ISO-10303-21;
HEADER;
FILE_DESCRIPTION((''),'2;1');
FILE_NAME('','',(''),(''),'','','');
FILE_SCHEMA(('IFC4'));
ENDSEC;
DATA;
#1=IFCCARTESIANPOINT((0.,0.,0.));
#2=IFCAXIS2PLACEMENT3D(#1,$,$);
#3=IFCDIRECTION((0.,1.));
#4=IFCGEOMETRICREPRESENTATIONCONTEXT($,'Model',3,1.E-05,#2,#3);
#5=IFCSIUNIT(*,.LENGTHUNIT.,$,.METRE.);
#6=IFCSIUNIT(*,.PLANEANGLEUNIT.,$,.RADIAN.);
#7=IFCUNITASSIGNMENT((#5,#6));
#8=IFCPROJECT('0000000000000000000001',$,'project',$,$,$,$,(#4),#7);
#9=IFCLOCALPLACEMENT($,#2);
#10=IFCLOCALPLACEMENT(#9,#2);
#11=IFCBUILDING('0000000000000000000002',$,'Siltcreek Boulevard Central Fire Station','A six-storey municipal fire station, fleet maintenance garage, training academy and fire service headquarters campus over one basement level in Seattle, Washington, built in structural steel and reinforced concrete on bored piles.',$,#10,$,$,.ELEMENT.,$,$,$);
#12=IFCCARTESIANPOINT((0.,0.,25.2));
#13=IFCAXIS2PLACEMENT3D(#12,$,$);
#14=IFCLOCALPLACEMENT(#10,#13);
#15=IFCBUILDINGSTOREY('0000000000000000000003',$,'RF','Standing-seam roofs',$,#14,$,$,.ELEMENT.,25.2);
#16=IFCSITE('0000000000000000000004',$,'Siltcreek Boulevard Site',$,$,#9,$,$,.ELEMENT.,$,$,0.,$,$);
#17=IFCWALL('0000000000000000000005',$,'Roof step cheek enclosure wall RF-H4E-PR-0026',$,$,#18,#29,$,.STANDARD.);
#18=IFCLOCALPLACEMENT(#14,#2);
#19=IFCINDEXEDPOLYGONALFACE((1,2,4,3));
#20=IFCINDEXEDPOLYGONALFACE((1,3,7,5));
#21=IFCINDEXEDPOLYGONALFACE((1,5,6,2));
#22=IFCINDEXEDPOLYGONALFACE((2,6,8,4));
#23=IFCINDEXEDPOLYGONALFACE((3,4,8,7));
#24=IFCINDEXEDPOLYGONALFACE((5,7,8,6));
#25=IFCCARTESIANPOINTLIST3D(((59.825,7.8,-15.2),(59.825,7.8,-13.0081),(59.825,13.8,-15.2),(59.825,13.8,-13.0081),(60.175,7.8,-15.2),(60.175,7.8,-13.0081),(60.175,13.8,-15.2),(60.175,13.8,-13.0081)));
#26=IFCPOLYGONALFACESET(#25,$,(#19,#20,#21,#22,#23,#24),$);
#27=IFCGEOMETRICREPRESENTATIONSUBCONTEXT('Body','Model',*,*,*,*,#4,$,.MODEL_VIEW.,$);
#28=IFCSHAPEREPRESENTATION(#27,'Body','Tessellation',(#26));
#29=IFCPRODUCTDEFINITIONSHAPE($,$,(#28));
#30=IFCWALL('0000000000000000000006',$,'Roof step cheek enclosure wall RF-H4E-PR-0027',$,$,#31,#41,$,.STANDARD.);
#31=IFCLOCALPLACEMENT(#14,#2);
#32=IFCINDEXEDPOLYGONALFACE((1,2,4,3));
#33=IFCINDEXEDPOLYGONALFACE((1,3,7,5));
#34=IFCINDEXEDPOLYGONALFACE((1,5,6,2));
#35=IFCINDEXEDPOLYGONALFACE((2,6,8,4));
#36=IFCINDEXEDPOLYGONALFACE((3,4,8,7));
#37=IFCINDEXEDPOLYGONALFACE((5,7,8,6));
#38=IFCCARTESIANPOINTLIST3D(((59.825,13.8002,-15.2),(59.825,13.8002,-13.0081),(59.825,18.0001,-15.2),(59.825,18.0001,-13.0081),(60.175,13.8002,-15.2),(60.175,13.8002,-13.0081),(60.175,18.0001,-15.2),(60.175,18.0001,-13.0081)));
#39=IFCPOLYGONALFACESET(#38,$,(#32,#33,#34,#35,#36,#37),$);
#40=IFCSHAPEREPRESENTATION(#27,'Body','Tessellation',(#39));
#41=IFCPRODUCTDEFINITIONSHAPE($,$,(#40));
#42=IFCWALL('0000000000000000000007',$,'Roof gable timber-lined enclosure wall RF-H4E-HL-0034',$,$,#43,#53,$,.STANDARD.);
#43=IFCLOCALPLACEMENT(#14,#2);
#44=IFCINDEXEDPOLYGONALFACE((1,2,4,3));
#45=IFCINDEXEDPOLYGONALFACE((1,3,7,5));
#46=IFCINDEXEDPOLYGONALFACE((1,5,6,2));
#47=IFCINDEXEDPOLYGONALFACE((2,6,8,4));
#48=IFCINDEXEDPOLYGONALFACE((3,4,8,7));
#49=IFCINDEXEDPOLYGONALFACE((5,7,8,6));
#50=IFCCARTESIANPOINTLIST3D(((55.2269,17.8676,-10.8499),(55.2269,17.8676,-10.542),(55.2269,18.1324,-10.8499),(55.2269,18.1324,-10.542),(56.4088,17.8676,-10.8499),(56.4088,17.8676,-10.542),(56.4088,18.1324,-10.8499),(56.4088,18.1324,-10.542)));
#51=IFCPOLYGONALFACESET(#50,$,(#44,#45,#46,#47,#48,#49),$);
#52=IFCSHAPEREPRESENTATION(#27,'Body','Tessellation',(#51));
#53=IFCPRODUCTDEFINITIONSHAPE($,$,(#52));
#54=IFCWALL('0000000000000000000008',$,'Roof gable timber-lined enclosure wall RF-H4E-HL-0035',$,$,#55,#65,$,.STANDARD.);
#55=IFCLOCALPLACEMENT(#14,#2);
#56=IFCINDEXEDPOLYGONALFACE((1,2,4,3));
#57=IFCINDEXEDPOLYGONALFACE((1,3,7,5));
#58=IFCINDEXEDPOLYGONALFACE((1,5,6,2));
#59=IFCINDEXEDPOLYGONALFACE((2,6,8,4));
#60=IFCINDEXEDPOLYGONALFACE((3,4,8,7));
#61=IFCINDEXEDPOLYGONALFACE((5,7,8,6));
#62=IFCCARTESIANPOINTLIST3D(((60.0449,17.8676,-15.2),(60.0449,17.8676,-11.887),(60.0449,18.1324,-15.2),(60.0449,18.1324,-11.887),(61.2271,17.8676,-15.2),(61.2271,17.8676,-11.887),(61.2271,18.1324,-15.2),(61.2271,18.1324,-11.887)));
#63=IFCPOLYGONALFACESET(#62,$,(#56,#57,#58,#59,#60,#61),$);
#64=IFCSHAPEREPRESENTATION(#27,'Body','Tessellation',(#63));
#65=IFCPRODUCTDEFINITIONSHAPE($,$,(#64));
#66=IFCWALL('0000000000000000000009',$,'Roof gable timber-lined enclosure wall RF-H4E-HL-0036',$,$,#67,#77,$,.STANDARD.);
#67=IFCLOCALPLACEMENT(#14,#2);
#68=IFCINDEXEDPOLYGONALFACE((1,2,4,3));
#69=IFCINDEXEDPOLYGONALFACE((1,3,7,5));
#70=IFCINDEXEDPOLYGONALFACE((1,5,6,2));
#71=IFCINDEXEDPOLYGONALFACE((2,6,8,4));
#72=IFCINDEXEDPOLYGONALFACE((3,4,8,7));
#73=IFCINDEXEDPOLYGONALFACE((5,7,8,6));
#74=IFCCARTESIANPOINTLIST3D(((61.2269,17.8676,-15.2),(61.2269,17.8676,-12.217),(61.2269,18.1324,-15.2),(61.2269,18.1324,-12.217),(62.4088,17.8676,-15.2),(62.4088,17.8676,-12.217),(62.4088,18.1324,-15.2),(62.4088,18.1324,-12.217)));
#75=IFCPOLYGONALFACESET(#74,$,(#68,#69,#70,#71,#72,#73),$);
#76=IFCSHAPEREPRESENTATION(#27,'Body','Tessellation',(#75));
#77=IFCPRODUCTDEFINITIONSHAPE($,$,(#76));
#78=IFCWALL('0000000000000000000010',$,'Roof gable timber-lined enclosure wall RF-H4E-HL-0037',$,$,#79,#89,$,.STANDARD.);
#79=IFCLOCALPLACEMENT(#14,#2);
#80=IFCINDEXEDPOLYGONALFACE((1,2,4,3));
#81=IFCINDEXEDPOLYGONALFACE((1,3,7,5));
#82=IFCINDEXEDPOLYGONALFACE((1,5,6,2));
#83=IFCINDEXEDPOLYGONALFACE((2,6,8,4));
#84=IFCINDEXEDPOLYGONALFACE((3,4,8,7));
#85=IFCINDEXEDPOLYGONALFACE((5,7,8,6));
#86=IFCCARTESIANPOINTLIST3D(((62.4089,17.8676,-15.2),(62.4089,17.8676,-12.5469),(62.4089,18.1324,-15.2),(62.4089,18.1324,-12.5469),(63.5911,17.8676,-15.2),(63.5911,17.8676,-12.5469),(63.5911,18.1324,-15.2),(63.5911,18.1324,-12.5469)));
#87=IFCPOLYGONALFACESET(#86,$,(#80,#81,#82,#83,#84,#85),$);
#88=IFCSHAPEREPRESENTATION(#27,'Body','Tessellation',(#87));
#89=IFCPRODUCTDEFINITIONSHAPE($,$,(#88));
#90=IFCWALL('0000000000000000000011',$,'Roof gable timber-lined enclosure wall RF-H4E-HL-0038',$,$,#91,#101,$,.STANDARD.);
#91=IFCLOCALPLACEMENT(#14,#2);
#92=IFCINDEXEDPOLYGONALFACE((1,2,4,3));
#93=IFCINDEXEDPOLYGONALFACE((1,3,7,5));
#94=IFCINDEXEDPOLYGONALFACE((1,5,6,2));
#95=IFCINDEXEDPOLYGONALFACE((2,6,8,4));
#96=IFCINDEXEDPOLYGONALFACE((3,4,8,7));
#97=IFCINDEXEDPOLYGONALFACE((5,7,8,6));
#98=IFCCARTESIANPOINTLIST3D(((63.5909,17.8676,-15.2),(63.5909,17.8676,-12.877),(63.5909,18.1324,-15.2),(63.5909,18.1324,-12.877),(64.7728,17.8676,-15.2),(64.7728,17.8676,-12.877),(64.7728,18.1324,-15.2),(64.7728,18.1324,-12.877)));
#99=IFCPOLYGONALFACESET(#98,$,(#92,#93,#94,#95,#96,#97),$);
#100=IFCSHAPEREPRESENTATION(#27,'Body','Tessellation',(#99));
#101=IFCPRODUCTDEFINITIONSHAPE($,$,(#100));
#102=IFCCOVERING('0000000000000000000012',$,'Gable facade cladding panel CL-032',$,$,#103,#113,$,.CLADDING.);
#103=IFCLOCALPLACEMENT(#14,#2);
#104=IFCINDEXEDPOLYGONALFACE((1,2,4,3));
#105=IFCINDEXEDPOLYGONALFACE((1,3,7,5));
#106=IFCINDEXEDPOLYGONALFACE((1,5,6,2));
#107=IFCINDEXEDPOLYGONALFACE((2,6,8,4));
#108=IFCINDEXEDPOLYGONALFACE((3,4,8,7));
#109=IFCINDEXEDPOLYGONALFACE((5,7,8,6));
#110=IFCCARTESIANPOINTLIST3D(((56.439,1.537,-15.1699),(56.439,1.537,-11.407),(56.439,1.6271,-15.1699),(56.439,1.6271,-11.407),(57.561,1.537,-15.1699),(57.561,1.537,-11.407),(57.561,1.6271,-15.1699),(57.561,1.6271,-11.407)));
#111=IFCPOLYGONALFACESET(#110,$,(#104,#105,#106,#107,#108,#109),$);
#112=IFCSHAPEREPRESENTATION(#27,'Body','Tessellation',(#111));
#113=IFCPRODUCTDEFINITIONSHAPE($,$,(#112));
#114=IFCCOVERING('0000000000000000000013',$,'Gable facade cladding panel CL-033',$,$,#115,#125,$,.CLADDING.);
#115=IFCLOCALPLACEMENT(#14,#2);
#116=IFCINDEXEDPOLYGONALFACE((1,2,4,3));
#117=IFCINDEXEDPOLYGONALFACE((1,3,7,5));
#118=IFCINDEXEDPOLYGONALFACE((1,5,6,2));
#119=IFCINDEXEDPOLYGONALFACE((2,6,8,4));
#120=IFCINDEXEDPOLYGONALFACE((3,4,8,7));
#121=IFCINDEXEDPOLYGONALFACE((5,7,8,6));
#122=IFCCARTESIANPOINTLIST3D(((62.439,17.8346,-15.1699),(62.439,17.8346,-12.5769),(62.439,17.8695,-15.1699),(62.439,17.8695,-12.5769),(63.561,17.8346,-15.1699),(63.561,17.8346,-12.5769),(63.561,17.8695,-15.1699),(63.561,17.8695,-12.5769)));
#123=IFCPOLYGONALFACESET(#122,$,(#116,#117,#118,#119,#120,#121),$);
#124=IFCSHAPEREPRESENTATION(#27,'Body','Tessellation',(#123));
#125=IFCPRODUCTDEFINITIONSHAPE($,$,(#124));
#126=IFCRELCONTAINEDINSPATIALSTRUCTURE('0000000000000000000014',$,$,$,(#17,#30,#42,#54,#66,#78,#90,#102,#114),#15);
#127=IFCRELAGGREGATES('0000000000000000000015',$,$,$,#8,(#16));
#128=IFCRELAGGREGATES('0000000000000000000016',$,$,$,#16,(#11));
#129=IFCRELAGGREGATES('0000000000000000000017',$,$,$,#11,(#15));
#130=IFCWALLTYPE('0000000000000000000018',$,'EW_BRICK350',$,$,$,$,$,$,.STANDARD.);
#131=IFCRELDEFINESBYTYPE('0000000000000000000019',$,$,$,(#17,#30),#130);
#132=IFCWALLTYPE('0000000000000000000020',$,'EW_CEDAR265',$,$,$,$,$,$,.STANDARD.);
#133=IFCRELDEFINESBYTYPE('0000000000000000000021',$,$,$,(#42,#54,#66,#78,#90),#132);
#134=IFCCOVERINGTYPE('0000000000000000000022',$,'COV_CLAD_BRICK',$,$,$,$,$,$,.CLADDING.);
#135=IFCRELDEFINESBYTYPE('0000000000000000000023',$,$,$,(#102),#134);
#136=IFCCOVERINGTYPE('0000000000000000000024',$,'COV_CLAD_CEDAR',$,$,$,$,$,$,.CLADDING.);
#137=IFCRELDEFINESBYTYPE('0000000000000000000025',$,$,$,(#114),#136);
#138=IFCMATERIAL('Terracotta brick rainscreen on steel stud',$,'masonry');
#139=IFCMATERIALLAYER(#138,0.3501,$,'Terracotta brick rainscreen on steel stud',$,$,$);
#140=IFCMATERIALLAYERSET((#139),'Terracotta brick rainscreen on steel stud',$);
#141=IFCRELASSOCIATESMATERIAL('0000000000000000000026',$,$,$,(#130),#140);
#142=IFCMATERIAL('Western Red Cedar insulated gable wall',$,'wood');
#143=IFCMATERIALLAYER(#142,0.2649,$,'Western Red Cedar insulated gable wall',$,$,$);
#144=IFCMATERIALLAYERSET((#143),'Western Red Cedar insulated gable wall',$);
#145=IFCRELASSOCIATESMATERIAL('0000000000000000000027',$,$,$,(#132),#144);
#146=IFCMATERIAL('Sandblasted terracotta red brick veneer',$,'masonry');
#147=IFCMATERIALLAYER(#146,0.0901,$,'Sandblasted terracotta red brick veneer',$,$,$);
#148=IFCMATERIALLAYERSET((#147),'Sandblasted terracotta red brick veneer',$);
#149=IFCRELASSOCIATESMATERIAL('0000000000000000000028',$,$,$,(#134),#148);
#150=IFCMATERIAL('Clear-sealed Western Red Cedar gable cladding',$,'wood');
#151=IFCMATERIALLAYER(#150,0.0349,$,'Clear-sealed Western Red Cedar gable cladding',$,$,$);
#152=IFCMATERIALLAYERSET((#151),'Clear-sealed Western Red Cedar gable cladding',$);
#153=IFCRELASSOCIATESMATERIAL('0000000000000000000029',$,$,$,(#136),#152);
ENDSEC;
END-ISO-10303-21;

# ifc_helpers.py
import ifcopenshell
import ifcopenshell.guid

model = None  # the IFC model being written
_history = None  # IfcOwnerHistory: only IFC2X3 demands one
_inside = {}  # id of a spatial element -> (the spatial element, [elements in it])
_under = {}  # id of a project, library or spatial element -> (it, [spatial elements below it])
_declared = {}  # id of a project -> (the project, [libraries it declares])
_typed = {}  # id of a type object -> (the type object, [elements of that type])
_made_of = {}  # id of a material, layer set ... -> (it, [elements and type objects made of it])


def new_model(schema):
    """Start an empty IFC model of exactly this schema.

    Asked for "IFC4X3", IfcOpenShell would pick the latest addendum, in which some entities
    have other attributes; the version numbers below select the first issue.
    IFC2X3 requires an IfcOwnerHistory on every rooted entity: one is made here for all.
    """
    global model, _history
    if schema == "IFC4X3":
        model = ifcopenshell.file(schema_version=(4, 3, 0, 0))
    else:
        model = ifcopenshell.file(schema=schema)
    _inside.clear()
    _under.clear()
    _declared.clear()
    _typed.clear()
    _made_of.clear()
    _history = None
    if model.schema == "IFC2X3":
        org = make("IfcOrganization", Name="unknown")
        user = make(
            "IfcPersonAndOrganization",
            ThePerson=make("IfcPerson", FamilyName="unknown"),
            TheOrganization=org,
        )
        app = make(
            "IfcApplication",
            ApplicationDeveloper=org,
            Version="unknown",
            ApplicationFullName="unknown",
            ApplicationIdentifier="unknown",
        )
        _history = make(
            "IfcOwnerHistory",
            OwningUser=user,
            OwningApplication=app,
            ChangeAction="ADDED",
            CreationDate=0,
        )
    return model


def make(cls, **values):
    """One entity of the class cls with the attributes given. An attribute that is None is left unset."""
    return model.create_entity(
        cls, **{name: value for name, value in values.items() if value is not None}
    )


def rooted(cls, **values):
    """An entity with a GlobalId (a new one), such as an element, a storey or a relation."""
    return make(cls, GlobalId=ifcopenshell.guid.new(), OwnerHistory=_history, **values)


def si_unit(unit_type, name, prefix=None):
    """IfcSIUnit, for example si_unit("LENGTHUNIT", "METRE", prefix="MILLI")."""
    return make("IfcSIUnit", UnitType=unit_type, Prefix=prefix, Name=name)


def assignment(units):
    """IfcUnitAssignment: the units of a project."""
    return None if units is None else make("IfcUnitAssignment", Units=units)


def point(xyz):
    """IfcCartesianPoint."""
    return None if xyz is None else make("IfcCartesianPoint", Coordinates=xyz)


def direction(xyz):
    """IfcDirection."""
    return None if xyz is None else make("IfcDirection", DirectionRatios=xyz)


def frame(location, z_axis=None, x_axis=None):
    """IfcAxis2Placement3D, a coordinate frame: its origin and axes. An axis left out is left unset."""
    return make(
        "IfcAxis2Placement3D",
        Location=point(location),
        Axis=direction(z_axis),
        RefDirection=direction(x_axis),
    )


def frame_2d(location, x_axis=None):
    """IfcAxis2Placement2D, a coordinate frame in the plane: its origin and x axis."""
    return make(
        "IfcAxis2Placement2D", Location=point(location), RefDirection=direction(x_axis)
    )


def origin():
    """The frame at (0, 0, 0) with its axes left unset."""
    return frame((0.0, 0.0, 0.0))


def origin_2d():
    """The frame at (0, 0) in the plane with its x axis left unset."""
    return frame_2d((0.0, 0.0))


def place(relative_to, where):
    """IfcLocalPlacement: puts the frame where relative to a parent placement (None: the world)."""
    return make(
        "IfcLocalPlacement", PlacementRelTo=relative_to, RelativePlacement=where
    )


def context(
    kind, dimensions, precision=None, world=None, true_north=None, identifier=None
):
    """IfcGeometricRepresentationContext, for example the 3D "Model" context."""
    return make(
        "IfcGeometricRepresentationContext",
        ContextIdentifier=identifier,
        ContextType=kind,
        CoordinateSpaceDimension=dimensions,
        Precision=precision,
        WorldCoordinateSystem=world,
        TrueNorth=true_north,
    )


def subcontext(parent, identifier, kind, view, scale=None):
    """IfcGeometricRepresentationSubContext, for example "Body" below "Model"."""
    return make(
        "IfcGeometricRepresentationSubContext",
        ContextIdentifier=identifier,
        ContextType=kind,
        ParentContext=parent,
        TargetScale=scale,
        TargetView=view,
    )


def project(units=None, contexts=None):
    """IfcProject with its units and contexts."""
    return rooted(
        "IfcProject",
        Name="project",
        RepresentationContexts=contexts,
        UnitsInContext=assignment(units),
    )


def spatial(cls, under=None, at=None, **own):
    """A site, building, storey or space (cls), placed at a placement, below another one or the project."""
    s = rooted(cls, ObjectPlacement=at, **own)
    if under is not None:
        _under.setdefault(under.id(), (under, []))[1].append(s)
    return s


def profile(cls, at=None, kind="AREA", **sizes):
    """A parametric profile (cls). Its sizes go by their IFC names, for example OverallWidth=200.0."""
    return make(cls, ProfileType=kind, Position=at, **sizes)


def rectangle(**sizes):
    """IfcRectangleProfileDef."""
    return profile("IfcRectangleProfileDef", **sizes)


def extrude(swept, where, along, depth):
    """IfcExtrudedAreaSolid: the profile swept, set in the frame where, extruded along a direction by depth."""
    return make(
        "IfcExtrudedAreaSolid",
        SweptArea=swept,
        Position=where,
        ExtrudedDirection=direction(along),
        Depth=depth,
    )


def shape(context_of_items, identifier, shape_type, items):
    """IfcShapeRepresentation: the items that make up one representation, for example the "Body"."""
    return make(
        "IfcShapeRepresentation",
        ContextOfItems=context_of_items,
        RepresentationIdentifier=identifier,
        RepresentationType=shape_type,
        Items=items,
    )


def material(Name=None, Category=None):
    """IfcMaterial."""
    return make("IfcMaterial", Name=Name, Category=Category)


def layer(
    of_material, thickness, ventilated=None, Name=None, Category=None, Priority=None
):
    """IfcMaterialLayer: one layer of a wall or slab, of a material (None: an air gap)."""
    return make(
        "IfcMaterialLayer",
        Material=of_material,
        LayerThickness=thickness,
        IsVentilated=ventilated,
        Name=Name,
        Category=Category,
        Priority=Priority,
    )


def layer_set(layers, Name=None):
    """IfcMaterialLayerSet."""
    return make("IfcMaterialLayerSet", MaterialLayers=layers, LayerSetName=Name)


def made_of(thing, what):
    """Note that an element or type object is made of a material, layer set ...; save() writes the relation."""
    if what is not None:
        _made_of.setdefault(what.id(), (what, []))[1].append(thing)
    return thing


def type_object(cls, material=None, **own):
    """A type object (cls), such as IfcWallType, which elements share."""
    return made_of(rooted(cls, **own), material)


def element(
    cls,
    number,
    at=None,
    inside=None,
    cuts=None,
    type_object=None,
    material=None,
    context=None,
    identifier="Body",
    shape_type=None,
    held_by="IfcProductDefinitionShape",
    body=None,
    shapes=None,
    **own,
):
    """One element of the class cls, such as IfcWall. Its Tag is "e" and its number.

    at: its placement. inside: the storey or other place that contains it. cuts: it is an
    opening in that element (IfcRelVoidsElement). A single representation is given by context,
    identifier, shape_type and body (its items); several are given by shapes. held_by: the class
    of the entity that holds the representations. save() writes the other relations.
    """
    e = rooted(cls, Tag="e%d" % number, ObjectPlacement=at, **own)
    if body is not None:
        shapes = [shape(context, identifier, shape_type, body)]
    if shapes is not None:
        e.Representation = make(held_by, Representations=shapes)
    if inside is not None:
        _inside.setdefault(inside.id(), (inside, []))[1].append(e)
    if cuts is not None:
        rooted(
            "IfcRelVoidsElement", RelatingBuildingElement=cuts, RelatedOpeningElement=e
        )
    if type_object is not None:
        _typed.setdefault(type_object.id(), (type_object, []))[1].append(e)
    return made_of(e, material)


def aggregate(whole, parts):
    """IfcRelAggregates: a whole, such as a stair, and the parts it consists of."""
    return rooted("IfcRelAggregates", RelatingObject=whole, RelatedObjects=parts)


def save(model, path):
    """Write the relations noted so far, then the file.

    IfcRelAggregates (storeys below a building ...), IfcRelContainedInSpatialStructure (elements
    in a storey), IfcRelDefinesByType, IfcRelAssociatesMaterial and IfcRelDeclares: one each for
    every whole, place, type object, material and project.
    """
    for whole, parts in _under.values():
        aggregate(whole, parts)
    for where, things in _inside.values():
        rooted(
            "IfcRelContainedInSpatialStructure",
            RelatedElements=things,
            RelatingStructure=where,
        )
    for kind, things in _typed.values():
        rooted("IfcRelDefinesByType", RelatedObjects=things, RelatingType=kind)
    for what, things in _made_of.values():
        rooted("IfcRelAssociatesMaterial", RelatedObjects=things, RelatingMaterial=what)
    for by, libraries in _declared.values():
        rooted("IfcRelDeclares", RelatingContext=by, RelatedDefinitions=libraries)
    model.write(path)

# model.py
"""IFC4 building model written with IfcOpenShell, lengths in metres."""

from ifc_helpers import new_model, si_unit, direction, frame, frame_2d, origin, origin_2d, place, context, subcontext, project, spatial, rectangle, extrude, material, layer, layer_set, type_object, element, save


model = new_model("IFC4")

# Units and contexts
model_context = context("Model", 3, precision=1e-05, world=origin(), true_north=direction((0.0, 1.0)))
body_context = subcontext(model_context, "Body", "Model", "MODEL_VIEW")
ifc_project = project(units=[si_unit("LENGTHUNIT", "METRE"), si_unit("PLANEANGLEUNIT", "RADIAN")], contexts=[model_context])

# Site, building, storey
site_placement = place(None, origin())
site = spatial("IfcSite", under=ifc_project, at=site_placement, Name="Siltcreek Boulevard Site", CompositionType="ELEMENT", RefElevation=0.0)
building_placement = place(site_placement, origin())
building = spatial("IfcBuilding", under=site, at=building_placement, Name="Siltcreek Boulevard Central Fire Station", Description="A six-storey municipal fire station, fleet maintenance garage, training academy and fire service headquarters campus over one basement level in Seattle, Washington, built in structural steel and reinforced concrete on bored piles.", CompositionType="ELEMENT")
storey_placement = place(building_placement, frame((0.0, 0.0, 25.2)))
storey = spatial("IfcBuildingStorey", under=building, at=storey_placement, Name="RF", Description="Standing-seam roofs", CompositionType="ELEMENT", Elevation=25.2)

# Walls
ifc_material_1 = material(Name="Terracotta brick rainscreen on steel stud", Category="masonry")
ifc_layer_1 = layer(ifc_material_1, 0.3501, Name="Terracotta brick rainscreen on steel stud")
ifc_layer_set_1 = layer_set([ifc_layer_1], Name="Terracotta brick rainscreen on steel stud")
wall_type_1 = type_object("IfcWallType", Name="EW_BRICK350", PredefinedType="STANDARD", material=ifc_layer_set_1)
wall_1_placement = place(storey_placement, frame((60.0, 7.8, -15.2), z_axis=(0.0, 0.0, 1.0), x_axis=(0.0, 1.0, 0.0)))
element("IfcWall", 1, at=wall_1_placement, inside=storey, type_object=wall_type_1, Name="Roof step cheek enclosure wall RF-H4E-PR-0026", PredefinedType="STANDARD", context=body_context, shape_type="SweptSolid", body=[
    extrude(rectangle(XDim=6.0, YDim=0.3501, at=frame_2d((3.0, 0.0))), origin(), (0.0, 0.0, 1.0), 2.1919),
])
wall_2_placement = place(storey_placement, frame((60.0, 13.8, -15.2), z_axis=(0.0, 0.0, 1.0), x_axis=(0.0, 1.0, 0.0)))
element("IfcWall", 2, at=wall_2_placement, inside=storey, type_object=wall_type_1, Name="Roof step cheek enclosure wall RF-H4E-PR-0027", PredefinedType="STANDARD", context=body_context, shape_type="SweptSolid", body=[
    extrude(rectangle(XDim=4.2, YDim=0.3501, at=frame_2d((2.1001, 0.0))), origin(), (0.0, 0.0, 1.0), 2.1919),
])
ifc_material_2 = material(Name="Western Red Cedar insulated gable wall", Category="wood")
ifc_layer_2 = layer(ifc_material_2, 0.2649, Name="Western Red Cedar insulated gable wall")
ifc_layer_set_2 = layer_set([ifc_layer_2], Name="Western Red Cedar insulated gable wall")
wall_type_2 = type_object("IfcWallType", Name="EW_CEDAR265", PredefinedType="STANDARD", material=ifc_layer_set_2)
wall_3_placement = place(storey_placement, frame((55.2271, 18.0, -10.8499), z_axis=(0.0, 0.0, 1.0), x_axis=(1.0, 0.0, 0.0)))
element("IfcWall", 3, at=wall_3_placement, inside=storey, type_object=wall_type_2, Name="Roof gable timber-lined enclosure wall RF-H4E-HL-0034", PredefinedType="STANDARD", context=body_context, shape_type="SweptSolid", body=[
    extrude(rectangle(XDim=1.1819, YDim=0.2649, at=frame_2d((0.5908, 0.0))), origin(), (0.0, 0.0, 1.0), 0.3079),
])
wall_4_placement = place(storey_placement, frame((60.0449, 18.0, -15.2), z_axis=(0.0, 0.0, 1.0), x_axis=(1.0, 0.0, 0.0)))
element("IfcWall", 4, at=wall_4_placement, inside=storey, type_object=wall_type_2, Name="Roof gable timber-lined enclosure wall RF-H4E-HL-0035", PredefinedType="STANDARD", context=body_context, shape_type="SweptSolid", body=[
    extrude(rectangle(XDim=1.1821, YDim=0.2649, at=frame_2d((0.5911, 0.0))), origin(), (0.0, 0.0, 1.0), 3.313),
])
wall_5_placement = place(storey_placement, frame((61.2271, 18.0, -15.2), z_axis=(0.0, 0.0, 1.0), x_axis=(1.0, 0.0, 0.0)))
element("IfcWall", 5, at=wall_5_placement, inside=storey, type_object=wall_type_2, Name="Roof gable timber-lined enclosure wall RF-H4E-HL-0036", PredefinedType="STANDARD", context=body_context, shape_type="SweptSolid", body=[
    extrude(rectangle(XDim=1.1819, YDim=0.2649, at=frame_2d((0.5908, 0.0))), origin(), (0.0, 0.0, 1.0), 2.9829),
])
wall_6_placement = place(storey_placement, frame((62.4089, 18.0, -15.2), z_axis=(0.0, 0.0, 1.0), x_axis=(1.0, 0.0, 0.0)))
element("IfcWall", 6, at=wall_6_placement, inside=storey, type_object=wall_type_2, Name="Roof gable timber-lined enclosure wall RF-H4E-HL-0037", PredefinedType="STANDARD", context=body_context, shape_type="SweptSolid", body=[
    extrude(rectangle(XDim=1.1821, YDim=0.2649, at=frame_2d((0.5911, 0.0))), origin(), (0.0, 0.0, 1.0), 2.6531),
])
wall_7_placement = place(storey_placement, frame((63.5911, 18.0, -15.2), z_axis=(0.0, 0.0, 1.0), x_axis=(1.0, 0.0, 0.0)))
element("IfcWall", 7, at=wall_7_placement, inside=storey, type_object=wall_type_2, Name="Roof gable timber-lined enclosure wall RF-H4E-HL-0038", PredefinedType="STANDARD", context=body_context, shape_type="SweptSolid", body=[
    extrude(rectangle(XDim=1.1819, YDim=0.2649, at=frame_2d((0.5908, 0.0))), origin(), (0.0, 0.0, 1.0), 2.323),
])

# Coverings
ifc_material_3 = material(Name="Sandblasted terracotta red brick veneer", Category="masonry")
ifc_layer_3 = layer(ifc_material_3, 0.0901, Name="Sandblasted terracotta red brick veneer")
ifc_layer_set_3 = layer_set([ifc_layer_3], Name="Sandblasted terracotta red brick veneer")
covering_type_1 = type_object("IfcCoveringType", Name="COV_CLAD_BRICK", PredefinedType="CLADDING", material=ifc_layer_set_3)
covering_1_placement = place(storey_placement, frame((57.0, 1.582, -15.1699), z_axis=(0.0, 0.0, 1.0), x_axis=(1.0, 0.0, 0.0)))
element("IfcCovering", 8, at=covering_1_placement, inside=storey, type_object=covering_type_1, Name="Gable facade cladding panel CL-032", PredefinedType="CLADDING", context=body_context, shape_type="SweptSolid", body=[
    extrude(rectangle(XDim=1.1221, YDim=0.0901, at=origin_2d()), origin(), (0.0, 0.0, 1.0), 3.7629),
])
ifc_material_4 = material(Name="Clear-sealed Western Red Cedar gable cladding", Category="wood")
ifc_layer_4 = layer(ifc_material_4, 0.0349, Name="Clear-sealed Western Red Cedar gable cladding")
ifc_layer_set_4 = layer_set([ifc_layer_4], Name="Clear-sealed Western Red Cedar gable cladding")
covering_type_2 = type_object("IfcCoveringType", Name="COV_CLAD_CEDAR", PredefinedType="CLADDING", material=ifc_layer_set_4)
covering_2_placement = place(storey_placement, frame((63.0, 17.8521, -15.1699), z_axis=(0.0, 0.0, 1.0), x_axis=(1.0, 0.0, 0.0)))
element("IfcCovering", 9, at=covering_2_placement, inside=storey, type_object=covering_type_2, Name="Gable facade cladding panel CL-033", PredefinedType="CLADDING", context=body_context, shape_type="SweptSolid", body=[
    extrude(rectangle(XDim=1.1221, YDim=0.0349, at=origin_2d()), origin(), (0.0, 0.0, 1.0), 2.593),
])

save(model, "model.ifc")
